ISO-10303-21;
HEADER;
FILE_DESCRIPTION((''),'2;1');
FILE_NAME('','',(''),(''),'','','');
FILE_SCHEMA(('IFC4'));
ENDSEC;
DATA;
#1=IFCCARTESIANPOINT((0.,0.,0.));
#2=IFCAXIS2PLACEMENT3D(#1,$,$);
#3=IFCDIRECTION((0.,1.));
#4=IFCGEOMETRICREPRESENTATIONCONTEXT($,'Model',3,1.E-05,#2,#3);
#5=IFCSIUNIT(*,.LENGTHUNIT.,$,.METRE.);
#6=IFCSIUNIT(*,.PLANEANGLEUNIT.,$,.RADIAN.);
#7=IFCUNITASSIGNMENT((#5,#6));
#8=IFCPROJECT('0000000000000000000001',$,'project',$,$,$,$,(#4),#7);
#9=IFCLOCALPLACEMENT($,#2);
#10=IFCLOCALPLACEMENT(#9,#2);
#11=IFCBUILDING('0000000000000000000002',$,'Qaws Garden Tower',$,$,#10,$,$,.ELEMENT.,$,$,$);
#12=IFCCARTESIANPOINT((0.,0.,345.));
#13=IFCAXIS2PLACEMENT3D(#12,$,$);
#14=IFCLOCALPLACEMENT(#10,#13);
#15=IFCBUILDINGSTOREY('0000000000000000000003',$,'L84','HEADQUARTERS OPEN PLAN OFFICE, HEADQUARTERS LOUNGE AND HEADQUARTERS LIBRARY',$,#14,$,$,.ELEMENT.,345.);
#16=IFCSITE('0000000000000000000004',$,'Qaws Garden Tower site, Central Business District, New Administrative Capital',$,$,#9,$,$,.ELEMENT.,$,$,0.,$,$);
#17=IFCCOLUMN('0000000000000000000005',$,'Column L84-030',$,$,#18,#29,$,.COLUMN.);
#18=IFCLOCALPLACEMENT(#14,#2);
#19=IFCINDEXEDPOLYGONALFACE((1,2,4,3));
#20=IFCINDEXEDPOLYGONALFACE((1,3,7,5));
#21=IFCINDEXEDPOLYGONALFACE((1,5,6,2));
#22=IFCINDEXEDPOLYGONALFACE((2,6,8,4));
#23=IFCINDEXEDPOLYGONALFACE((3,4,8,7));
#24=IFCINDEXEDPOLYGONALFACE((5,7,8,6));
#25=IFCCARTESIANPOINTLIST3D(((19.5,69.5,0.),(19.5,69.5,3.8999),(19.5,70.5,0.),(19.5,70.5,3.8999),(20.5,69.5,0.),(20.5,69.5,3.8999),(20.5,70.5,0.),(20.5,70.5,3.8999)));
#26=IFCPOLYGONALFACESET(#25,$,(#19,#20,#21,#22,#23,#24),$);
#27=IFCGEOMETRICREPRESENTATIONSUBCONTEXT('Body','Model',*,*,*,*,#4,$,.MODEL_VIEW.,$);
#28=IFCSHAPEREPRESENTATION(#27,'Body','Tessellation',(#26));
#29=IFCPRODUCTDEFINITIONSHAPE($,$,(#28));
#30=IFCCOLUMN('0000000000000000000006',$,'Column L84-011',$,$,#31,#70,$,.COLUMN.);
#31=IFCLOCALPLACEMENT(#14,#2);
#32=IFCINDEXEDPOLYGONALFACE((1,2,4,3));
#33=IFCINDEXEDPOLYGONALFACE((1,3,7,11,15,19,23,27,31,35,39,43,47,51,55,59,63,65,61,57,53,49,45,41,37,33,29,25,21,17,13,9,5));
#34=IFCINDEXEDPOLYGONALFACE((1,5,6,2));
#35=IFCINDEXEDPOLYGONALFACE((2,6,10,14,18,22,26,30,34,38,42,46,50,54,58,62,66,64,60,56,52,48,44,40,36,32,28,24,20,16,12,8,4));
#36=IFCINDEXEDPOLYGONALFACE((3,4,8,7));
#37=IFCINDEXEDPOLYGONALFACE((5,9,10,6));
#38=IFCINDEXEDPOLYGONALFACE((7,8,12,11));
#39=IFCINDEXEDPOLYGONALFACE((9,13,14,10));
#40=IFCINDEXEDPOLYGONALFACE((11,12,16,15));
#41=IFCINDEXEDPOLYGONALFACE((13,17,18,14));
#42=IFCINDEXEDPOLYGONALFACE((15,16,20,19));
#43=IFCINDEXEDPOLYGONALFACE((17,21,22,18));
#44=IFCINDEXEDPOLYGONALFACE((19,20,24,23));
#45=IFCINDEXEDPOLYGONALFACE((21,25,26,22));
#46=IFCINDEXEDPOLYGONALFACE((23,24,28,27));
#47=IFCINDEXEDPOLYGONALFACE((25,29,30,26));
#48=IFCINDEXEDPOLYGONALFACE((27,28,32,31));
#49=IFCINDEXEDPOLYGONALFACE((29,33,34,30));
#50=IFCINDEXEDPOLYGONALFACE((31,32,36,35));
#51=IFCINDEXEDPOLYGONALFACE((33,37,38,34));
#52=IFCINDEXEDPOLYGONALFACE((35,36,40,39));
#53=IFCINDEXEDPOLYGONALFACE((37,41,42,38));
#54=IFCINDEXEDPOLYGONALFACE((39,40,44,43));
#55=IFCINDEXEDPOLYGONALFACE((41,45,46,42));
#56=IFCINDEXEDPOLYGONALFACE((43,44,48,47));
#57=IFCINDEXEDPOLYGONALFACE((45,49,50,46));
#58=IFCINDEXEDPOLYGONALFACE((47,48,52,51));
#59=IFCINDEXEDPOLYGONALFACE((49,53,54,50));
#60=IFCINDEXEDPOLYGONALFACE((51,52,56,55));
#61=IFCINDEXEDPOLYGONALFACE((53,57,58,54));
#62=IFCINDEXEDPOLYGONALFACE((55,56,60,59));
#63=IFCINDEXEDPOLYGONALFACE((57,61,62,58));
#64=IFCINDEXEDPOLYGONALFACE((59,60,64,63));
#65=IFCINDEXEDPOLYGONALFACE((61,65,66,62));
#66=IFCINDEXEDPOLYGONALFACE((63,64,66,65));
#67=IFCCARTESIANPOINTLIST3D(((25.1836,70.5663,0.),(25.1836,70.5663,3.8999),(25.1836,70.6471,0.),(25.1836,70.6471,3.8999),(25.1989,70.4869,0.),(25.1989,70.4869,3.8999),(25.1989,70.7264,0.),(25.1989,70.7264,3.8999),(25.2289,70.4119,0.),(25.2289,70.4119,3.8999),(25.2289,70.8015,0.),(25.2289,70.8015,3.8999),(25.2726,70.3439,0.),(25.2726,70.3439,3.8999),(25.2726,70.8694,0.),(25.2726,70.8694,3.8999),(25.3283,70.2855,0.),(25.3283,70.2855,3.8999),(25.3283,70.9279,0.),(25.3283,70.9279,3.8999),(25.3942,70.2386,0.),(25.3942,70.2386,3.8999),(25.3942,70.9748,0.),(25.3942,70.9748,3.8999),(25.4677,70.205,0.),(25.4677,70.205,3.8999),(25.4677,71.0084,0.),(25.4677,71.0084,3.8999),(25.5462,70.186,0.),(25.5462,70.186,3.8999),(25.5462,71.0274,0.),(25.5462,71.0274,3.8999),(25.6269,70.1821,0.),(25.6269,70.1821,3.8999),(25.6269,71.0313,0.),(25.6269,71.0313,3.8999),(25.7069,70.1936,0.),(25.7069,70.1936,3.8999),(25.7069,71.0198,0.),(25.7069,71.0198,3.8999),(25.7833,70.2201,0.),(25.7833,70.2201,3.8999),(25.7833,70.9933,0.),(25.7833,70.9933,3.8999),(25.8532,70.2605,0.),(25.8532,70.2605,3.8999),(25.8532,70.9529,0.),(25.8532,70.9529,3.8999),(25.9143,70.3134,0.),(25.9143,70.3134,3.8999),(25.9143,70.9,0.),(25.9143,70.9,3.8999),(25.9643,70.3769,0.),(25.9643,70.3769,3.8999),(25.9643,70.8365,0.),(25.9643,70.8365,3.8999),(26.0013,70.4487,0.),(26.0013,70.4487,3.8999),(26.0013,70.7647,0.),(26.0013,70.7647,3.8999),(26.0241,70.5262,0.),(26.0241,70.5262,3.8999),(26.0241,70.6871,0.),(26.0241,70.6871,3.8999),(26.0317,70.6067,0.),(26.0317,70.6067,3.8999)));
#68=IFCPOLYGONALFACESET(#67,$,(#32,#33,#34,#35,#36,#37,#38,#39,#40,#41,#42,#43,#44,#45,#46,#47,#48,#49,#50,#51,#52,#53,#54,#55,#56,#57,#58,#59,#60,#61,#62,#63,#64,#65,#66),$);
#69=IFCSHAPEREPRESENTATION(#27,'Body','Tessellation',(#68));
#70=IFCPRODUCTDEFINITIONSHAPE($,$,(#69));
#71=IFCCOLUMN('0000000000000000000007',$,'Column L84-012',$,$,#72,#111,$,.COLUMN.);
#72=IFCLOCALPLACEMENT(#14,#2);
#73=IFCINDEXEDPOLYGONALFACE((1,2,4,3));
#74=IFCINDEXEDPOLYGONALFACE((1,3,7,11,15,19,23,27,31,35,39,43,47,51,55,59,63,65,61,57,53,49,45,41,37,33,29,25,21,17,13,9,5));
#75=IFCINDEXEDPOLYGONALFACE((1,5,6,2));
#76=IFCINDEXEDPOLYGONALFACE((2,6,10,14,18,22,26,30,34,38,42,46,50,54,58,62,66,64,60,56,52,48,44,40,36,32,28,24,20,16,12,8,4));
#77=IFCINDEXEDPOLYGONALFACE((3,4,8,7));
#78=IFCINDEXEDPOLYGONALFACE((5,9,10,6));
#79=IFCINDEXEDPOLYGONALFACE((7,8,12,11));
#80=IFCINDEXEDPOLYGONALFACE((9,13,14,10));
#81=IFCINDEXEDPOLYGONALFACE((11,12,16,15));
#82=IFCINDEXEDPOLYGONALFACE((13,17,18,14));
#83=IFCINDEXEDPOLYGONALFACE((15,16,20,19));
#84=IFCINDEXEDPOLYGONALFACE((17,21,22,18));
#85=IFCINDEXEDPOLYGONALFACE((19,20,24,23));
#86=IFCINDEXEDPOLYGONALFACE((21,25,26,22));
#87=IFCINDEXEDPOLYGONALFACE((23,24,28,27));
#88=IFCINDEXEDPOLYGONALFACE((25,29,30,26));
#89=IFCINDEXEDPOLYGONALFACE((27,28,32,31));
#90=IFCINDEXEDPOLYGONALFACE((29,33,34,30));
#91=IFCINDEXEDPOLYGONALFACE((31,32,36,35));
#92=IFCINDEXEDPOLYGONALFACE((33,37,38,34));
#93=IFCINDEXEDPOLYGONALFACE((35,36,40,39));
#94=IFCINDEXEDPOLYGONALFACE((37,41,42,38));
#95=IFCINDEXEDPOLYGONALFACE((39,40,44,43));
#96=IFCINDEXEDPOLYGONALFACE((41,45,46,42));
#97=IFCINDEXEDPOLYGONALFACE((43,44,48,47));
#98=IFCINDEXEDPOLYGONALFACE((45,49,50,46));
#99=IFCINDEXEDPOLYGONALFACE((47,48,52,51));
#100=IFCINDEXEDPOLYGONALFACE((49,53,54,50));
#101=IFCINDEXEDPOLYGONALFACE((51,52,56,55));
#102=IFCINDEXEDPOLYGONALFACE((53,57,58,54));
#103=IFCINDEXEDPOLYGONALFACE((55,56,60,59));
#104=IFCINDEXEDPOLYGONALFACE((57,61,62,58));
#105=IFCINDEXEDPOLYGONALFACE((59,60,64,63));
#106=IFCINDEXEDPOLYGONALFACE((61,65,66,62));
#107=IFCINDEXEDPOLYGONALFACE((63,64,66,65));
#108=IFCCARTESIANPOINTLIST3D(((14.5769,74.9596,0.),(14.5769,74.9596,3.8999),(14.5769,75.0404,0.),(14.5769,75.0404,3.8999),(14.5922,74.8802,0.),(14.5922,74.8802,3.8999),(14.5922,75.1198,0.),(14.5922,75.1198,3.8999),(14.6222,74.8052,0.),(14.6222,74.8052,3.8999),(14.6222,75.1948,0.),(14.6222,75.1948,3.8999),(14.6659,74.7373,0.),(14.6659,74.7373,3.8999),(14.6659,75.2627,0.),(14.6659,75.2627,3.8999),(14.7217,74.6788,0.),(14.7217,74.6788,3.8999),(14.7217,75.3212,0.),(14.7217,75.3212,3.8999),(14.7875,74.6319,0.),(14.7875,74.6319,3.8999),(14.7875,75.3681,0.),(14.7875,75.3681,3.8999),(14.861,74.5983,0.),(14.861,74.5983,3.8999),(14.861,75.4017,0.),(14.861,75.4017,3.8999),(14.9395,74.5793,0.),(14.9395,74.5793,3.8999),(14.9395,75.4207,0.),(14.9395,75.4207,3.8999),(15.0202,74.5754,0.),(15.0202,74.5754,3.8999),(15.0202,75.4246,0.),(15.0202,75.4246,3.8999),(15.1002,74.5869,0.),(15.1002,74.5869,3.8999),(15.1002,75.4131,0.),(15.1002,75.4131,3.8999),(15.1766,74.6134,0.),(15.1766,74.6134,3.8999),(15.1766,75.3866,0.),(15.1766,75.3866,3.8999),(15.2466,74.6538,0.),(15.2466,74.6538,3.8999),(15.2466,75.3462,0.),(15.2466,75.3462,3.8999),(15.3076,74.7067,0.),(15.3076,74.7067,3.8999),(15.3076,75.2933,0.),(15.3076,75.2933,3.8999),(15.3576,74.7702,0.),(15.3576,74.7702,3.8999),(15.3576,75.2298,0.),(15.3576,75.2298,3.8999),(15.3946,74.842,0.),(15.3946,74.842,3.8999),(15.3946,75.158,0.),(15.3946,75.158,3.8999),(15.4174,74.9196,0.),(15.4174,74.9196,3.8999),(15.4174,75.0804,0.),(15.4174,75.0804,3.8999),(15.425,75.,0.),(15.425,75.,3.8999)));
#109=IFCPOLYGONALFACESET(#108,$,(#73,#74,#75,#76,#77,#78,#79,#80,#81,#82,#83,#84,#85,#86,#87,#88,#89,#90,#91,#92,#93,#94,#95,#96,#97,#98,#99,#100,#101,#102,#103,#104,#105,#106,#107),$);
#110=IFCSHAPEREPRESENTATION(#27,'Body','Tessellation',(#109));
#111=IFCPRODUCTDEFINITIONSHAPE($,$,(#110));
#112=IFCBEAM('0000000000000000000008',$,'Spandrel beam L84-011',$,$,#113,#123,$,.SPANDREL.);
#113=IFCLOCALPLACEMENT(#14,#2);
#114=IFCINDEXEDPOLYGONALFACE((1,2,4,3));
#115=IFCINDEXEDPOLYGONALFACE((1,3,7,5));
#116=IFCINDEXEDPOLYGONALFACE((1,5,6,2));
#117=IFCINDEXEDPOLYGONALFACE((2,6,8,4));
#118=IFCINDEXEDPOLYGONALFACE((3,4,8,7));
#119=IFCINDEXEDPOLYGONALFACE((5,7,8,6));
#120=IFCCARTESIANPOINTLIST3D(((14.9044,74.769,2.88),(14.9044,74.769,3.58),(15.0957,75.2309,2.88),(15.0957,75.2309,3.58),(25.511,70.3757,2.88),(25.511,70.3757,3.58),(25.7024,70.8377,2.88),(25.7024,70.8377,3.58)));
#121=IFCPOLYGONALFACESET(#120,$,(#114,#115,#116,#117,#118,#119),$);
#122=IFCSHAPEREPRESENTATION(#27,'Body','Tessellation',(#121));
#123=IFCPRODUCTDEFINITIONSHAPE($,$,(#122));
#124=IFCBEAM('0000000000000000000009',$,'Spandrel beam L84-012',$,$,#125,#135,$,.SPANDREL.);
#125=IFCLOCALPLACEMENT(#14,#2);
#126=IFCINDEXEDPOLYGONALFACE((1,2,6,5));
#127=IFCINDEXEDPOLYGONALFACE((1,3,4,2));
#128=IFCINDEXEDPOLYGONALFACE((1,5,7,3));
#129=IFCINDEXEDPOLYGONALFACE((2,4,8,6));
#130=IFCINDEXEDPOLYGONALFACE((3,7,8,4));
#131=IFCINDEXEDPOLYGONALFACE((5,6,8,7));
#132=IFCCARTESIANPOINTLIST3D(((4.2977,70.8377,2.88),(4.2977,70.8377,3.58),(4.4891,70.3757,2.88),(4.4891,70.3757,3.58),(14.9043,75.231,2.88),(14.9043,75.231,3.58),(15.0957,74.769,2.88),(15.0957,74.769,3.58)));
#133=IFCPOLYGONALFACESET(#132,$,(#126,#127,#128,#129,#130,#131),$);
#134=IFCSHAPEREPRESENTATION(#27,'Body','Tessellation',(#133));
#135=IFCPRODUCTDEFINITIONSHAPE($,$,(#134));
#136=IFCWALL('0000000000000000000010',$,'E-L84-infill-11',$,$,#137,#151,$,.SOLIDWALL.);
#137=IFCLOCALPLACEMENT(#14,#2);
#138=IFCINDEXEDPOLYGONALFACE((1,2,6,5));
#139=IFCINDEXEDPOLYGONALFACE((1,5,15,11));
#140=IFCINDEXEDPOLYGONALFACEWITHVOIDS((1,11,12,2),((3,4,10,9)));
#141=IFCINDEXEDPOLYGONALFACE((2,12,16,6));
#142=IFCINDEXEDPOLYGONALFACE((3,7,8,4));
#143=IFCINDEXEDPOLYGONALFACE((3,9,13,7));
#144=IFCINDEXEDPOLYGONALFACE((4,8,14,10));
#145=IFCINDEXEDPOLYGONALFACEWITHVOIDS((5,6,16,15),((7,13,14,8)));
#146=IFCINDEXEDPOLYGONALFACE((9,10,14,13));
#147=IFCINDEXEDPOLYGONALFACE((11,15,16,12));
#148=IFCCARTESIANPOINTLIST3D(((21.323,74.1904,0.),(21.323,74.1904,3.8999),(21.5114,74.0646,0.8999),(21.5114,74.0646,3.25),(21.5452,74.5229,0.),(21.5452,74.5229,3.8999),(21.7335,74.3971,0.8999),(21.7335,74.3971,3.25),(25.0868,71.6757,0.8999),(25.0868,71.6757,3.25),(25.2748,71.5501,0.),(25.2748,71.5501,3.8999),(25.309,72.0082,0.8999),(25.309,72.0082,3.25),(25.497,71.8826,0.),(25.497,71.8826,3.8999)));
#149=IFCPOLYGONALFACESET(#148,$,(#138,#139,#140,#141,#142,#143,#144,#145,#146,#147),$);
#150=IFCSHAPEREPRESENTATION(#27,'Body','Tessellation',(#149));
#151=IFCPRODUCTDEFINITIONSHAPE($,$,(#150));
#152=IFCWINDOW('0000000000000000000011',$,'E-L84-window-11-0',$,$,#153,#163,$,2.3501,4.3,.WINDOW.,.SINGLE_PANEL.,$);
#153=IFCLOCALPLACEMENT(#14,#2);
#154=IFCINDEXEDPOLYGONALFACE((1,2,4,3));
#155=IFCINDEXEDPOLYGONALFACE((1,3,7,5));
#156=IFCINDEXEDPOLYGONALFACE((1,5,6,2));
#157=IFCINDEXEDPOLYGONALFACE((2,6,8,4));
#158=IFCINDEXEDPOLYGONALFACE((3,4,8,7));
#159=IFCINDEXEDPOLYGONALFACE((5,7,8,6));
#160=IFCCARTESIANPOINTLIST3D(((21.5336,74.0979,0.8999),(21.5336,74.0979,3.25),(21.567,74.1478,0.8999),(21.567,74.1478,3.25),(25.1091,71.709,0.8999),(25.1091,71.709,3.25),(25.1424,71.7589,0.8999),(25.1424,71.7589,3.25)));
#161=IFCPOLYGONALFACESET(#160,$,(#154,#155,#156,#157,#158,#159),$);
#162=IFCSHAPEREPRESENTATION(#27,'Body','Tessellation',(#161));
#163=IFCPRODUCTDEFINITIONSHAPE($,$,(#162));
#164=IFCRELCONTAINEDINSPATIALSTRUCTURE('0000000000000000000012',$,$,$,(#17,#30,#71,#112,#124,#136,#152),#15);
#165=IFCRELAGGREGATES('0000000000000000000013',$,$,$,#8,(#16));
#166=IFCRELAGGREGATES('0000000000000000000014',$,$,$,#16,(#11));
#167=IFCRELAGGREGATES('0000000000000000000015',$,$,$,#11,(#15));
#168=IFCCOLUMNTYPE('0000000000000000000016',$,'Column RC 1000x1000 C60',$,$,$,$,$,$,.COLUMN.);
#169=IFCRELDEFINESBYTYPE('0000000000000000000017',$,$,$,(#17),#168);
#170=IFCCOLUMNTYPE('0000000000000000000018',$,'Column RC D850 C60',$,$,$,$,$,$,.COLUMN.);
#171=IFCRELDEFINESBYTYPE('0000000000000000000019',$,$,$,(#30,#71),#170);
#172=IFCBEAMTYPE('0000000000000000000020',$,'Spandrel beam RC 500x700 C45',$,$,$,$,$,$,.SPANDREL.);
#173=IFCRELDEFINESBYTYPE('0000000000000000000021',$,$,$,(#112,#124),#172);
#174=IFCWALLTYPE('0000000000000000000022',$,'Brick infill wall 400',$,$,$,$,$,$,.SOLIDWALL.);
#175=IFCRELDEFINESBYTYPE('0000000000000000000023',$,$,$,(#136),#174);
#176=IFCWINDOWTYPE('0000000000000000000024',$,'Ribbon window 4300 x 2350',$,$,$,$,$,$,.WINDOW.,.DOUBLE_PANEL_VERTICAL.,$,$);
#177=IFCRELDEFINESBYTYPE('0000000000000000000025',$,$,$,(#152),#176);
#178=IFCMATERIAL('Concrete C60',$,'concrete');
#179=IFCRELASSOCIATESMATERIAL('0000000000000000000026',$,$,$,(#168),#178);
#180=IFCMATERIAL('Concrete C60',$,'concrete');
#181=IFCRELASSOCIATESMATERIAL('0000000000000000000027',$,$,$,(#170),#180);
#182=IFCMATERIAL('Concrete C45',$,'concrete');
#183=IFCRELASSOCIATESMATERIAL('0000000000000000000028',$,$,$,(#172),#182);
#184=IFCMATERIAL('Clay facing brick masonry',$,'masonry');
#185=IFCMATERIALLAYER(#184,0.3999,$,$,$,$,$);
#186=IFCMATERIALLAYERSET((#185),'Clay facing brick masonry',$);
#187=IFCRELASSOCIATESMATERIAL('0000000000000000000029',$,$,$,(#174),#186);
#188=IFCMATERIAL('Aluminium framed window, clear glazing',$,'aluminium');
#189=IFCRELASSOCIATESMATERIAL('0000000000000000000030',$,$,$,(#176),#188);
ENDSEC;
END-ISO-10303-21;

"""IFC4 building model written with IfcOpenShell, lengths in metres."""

from ifc_helpers import new_model, si_unit, direction, frame, frame_2d, origin, origin_2d, place, context, subcontext, project, spatial, rectangle, circle, extrude, material, layer, layer_set, material_profile, profile_set, type_object, element, fill, save


model = new_model("IFC4")

# Units and contexts
model_context = context("Model", 3, precision=1e-05, world=origin(), true_north=direction((0.0, 1.0)))
body_context = subcontext(model_context, "Body", "Model", "MODEL_VIEW")
ifc_project = project(units=[si_unit("LENGTHUNIT", "METRE"), si_unit("PLANEANGLEUNIT", "RADIAN")], contexts=[model_context])

# Site, building, storey
site_placement = place(None, origin())
site = spatial("IfcSite", under=ifc_project, at=site_placement, Name="Qaws Garden Tower site, Central Business District, New Administrative Capital", CompositionType="ELEMENT", RefElevation=0.0)
building_placement = place(site_placement, origin())
building = spatial("IfcBuilding", under=site, at=building_placement, Name="Qaws Garden Tower", CompositionType="ELEMENT")
storey_placement = place(building_placement, frame((0.0, 0.0, 345.0)))
storey = spatial("IfcBuildingStorey", under=building, at=storey_placement, Name="L84", Description="HEADQUARTERS OPEN PLAN OFFICE, HEADQUARTERS LOUNGE AND HEADQUARTERS LIBRARY", CompositionType="ELEMENT", Elevation=345.0)

# Columns
ifc_material_1 = material(Name="Concrete C60", Category="concrete")
ifc_material_profile_1 = material_profile(ifc_material_1, rectangle(XDim=1.0, YDim=1.0, at=origin_2d()), Name="RC 1000x1000")
ifc_profile_set_1 = profile_set([ifc_material_profile_1], Name="Concrete C60")
column_type_1 = type_object("IfcColumnType", Name="Column RC 1000x1000 C60", PredefinedType="COLUMN", material=ifc_profile_set_1)
column_placement = place(storey_placement, frame((20.0, 70.0, 0.0), z_axis=(0.0, 0.0, 1.0), x_axis=(1.0, 0.0, 0.0)))
element("IfcColumn", 1, at=column_placement, inside=storey, type_object=column_type_1, Name="Column L84-030", PredefinedType="COLUMN", context=body_context, shape_type="SweptSolid", body=[
    extrude(rectangle(XDim=1.0, YDim=1.0, at=origin_2d()), origin(), (0.0, 0.0, 1.0), 3.8999),
])
ifc_material_2 = material(Name="Concrete C60", Category="concrete")
ifc_material_profile_2 = material_profile(ifc_material_2, circle(Radius=0.425, at=origin_2d()), Name="RC D850")
ifc_profile_set_2 = profile_set([ifc_material_profile_2], Name="Concrete C60")
column_type_2 = type_object("IfcColumnType", Name="Column RC D850 C60", PredefinedType="COLUMN", material=ifc_profile_set_2)
for number, where, z_axis, x_axis, name in (
    (2, (25.6067, 70.6067, 0.0), (0.0, 0.0, 1.0), (1.0, 0.0, 0.0), "Column L84-011"),
    (3, (15.0, 75.0, 0.0), (0.0, 0.0, 1.0), (1.0, 0.0, 0.0), "Column L84-012"),
):
    element("IfcColumn", number, at=place(storey_placement, frame(where, z_axis=z_axis, x_axis=x_axis)), inside=storey, type_object=column_type_2, Name=name, PredefinedType="COLUMN", context=body_context, shape_type="SweptSolid", body=[
        extrude(circle(Radius=0.425, at=origin_2d()), origin(), (0.0, 0.0, 1.0), 3.8999),
    ])

# Beams
ifc_material_3 = material(Name="Concrete C45", Category="concrete")
ifc_material_profile_3 = material_profile(ifc_material_3, rectangle(XDim=0.5, YDim=0.7, at=origin_2d()), Name="RC 500x700")
ifc_profile_set_3 = profile_set([ifc_material_profile_3], Name="Concrete C45")
beam_type = type_object("IfcBeamType", Name="Spandrel beam RC 500x700 C45", PredefinedType="SPANDREL", material=ifc_profile_set_3)
for number, where, z_axis, x_axis, name in (
    (4, (25.6067, 70.6067, 3.23), (-0.923883, 0.382674, 0.0), (-0.382674, -0.923883, 0.0), "Spandrel beam L84-011"),
    (5, (15.0, 75.0, 3.23), (-0.923883, -0.382674, 0.0), (0.382674, -0.923883, 0.0), "Spandrel beam L84-012"),
):
    element("IfcBeam", number, at=place(storey_placement, frame(where, z_axis=z_axis, x_axis=x_axis)), inside=storey, type_object=beam_type, Name=name, PredefinedType="SPANDREL", context=body_context, shape_type="SweptSolid", body=[
        extrude(rectangle(XDim=0.5, YDim=0.7, at=origin_2d()), origin(), (0.0, 0.0, 1.0), 11.4805),
    ])

# Wall, opening, window
ifc_material_4 = material(Name="Clay facing brick masonry", Category="masonry")
ifc_layer_1 = layer(ifc_material_4, 0.3999)
ifc_layer_set_1 = layer_set([ifc_layer_1], Name="Clay facing brick masonry")
wall_type_1 = type_object("IfcWallType", Name="Brick infill wall 400", PredefinedType="SOLIDWALL", material=ifc_layer_set_1)
wall_1_placement = place(storey_placement, frame((25.386, 71.7163, 0.0), z_axis=(0.0, 0.0, 1.0), x_axis=(-0.831489, 0.555542, 0.0)))
wall_1 = element("IfcWall", 6, at=wall_1_placement, inside=storey, type_object=wall_type_1, Name="E-L84-infill-11", PredefinedType="SOLIDWALL", context=body_context, shape_type="SweptSolid", body=[
    extrude(rectangle(XDim=4.7527, YDim=0.3999, at=frame_2d((2.3765, 0.0))), origin(), (0.0, 0.0, 1.0), 3.8999),
])
opening_1_placement = place(wall_1_placement, frame((0.2263, 0.0, 0.8999)))
opening_1 = element("IfcOpeningElement", 7, at=opening_1_placement, cuts=wall_1, PredefinedType="OPENING", context=body_context, shape_type="SweptSolid", body=[
    extrude(rectangle(XDim=4.3, YDim=2.3501, at=frame_2d((2.1499, 1.175))), frame((0.0, 0.21, 0.0), z_axis=(0.0, -1.0, 0.0), x_axis=(1.0, 0.0, 0.0)), (0.0, 0.0, 1.0), 0.4199),
])
ifc_material_5 = material(Name="Aluminium framed window, clear glazing", Category="aluminium")
window_type = type_object("IfcWindowType", Name="Ribbon window 4300 x 2350", PartitioningType="DOUBLE_PANEL_VERTICAL", PredefinedType="WINDOW", material=ifc_material_5)
window_1_placement = place(opening_1_placement, origin())
window_1 = element("IfcWindow", 8, at=window_1_placement, inside=storey, type_object=window_type, Name="E-L84-window-11-0", OverallHeight=2.3501, OverallWidth=4.3, PartitioningType="SINGLE_PANEL", PredefinedType="WINDOW", context=body_context, shape_type="SweptSolid", body=[
    extrude(rectangle(XDim=4.3, YDim=2.3501, at=frame_2d((2.1499, 1.175))), frame((0.0, 0.1599, 0.0), z_axis=(0.0, -1.0, 0.0), x_axis=(1.0, 0.0, 0.0)), (0.0, 0.0, 1.0), 0.0601),
])
fill(opening_1, window_1)

save(model, "model.ifc")
